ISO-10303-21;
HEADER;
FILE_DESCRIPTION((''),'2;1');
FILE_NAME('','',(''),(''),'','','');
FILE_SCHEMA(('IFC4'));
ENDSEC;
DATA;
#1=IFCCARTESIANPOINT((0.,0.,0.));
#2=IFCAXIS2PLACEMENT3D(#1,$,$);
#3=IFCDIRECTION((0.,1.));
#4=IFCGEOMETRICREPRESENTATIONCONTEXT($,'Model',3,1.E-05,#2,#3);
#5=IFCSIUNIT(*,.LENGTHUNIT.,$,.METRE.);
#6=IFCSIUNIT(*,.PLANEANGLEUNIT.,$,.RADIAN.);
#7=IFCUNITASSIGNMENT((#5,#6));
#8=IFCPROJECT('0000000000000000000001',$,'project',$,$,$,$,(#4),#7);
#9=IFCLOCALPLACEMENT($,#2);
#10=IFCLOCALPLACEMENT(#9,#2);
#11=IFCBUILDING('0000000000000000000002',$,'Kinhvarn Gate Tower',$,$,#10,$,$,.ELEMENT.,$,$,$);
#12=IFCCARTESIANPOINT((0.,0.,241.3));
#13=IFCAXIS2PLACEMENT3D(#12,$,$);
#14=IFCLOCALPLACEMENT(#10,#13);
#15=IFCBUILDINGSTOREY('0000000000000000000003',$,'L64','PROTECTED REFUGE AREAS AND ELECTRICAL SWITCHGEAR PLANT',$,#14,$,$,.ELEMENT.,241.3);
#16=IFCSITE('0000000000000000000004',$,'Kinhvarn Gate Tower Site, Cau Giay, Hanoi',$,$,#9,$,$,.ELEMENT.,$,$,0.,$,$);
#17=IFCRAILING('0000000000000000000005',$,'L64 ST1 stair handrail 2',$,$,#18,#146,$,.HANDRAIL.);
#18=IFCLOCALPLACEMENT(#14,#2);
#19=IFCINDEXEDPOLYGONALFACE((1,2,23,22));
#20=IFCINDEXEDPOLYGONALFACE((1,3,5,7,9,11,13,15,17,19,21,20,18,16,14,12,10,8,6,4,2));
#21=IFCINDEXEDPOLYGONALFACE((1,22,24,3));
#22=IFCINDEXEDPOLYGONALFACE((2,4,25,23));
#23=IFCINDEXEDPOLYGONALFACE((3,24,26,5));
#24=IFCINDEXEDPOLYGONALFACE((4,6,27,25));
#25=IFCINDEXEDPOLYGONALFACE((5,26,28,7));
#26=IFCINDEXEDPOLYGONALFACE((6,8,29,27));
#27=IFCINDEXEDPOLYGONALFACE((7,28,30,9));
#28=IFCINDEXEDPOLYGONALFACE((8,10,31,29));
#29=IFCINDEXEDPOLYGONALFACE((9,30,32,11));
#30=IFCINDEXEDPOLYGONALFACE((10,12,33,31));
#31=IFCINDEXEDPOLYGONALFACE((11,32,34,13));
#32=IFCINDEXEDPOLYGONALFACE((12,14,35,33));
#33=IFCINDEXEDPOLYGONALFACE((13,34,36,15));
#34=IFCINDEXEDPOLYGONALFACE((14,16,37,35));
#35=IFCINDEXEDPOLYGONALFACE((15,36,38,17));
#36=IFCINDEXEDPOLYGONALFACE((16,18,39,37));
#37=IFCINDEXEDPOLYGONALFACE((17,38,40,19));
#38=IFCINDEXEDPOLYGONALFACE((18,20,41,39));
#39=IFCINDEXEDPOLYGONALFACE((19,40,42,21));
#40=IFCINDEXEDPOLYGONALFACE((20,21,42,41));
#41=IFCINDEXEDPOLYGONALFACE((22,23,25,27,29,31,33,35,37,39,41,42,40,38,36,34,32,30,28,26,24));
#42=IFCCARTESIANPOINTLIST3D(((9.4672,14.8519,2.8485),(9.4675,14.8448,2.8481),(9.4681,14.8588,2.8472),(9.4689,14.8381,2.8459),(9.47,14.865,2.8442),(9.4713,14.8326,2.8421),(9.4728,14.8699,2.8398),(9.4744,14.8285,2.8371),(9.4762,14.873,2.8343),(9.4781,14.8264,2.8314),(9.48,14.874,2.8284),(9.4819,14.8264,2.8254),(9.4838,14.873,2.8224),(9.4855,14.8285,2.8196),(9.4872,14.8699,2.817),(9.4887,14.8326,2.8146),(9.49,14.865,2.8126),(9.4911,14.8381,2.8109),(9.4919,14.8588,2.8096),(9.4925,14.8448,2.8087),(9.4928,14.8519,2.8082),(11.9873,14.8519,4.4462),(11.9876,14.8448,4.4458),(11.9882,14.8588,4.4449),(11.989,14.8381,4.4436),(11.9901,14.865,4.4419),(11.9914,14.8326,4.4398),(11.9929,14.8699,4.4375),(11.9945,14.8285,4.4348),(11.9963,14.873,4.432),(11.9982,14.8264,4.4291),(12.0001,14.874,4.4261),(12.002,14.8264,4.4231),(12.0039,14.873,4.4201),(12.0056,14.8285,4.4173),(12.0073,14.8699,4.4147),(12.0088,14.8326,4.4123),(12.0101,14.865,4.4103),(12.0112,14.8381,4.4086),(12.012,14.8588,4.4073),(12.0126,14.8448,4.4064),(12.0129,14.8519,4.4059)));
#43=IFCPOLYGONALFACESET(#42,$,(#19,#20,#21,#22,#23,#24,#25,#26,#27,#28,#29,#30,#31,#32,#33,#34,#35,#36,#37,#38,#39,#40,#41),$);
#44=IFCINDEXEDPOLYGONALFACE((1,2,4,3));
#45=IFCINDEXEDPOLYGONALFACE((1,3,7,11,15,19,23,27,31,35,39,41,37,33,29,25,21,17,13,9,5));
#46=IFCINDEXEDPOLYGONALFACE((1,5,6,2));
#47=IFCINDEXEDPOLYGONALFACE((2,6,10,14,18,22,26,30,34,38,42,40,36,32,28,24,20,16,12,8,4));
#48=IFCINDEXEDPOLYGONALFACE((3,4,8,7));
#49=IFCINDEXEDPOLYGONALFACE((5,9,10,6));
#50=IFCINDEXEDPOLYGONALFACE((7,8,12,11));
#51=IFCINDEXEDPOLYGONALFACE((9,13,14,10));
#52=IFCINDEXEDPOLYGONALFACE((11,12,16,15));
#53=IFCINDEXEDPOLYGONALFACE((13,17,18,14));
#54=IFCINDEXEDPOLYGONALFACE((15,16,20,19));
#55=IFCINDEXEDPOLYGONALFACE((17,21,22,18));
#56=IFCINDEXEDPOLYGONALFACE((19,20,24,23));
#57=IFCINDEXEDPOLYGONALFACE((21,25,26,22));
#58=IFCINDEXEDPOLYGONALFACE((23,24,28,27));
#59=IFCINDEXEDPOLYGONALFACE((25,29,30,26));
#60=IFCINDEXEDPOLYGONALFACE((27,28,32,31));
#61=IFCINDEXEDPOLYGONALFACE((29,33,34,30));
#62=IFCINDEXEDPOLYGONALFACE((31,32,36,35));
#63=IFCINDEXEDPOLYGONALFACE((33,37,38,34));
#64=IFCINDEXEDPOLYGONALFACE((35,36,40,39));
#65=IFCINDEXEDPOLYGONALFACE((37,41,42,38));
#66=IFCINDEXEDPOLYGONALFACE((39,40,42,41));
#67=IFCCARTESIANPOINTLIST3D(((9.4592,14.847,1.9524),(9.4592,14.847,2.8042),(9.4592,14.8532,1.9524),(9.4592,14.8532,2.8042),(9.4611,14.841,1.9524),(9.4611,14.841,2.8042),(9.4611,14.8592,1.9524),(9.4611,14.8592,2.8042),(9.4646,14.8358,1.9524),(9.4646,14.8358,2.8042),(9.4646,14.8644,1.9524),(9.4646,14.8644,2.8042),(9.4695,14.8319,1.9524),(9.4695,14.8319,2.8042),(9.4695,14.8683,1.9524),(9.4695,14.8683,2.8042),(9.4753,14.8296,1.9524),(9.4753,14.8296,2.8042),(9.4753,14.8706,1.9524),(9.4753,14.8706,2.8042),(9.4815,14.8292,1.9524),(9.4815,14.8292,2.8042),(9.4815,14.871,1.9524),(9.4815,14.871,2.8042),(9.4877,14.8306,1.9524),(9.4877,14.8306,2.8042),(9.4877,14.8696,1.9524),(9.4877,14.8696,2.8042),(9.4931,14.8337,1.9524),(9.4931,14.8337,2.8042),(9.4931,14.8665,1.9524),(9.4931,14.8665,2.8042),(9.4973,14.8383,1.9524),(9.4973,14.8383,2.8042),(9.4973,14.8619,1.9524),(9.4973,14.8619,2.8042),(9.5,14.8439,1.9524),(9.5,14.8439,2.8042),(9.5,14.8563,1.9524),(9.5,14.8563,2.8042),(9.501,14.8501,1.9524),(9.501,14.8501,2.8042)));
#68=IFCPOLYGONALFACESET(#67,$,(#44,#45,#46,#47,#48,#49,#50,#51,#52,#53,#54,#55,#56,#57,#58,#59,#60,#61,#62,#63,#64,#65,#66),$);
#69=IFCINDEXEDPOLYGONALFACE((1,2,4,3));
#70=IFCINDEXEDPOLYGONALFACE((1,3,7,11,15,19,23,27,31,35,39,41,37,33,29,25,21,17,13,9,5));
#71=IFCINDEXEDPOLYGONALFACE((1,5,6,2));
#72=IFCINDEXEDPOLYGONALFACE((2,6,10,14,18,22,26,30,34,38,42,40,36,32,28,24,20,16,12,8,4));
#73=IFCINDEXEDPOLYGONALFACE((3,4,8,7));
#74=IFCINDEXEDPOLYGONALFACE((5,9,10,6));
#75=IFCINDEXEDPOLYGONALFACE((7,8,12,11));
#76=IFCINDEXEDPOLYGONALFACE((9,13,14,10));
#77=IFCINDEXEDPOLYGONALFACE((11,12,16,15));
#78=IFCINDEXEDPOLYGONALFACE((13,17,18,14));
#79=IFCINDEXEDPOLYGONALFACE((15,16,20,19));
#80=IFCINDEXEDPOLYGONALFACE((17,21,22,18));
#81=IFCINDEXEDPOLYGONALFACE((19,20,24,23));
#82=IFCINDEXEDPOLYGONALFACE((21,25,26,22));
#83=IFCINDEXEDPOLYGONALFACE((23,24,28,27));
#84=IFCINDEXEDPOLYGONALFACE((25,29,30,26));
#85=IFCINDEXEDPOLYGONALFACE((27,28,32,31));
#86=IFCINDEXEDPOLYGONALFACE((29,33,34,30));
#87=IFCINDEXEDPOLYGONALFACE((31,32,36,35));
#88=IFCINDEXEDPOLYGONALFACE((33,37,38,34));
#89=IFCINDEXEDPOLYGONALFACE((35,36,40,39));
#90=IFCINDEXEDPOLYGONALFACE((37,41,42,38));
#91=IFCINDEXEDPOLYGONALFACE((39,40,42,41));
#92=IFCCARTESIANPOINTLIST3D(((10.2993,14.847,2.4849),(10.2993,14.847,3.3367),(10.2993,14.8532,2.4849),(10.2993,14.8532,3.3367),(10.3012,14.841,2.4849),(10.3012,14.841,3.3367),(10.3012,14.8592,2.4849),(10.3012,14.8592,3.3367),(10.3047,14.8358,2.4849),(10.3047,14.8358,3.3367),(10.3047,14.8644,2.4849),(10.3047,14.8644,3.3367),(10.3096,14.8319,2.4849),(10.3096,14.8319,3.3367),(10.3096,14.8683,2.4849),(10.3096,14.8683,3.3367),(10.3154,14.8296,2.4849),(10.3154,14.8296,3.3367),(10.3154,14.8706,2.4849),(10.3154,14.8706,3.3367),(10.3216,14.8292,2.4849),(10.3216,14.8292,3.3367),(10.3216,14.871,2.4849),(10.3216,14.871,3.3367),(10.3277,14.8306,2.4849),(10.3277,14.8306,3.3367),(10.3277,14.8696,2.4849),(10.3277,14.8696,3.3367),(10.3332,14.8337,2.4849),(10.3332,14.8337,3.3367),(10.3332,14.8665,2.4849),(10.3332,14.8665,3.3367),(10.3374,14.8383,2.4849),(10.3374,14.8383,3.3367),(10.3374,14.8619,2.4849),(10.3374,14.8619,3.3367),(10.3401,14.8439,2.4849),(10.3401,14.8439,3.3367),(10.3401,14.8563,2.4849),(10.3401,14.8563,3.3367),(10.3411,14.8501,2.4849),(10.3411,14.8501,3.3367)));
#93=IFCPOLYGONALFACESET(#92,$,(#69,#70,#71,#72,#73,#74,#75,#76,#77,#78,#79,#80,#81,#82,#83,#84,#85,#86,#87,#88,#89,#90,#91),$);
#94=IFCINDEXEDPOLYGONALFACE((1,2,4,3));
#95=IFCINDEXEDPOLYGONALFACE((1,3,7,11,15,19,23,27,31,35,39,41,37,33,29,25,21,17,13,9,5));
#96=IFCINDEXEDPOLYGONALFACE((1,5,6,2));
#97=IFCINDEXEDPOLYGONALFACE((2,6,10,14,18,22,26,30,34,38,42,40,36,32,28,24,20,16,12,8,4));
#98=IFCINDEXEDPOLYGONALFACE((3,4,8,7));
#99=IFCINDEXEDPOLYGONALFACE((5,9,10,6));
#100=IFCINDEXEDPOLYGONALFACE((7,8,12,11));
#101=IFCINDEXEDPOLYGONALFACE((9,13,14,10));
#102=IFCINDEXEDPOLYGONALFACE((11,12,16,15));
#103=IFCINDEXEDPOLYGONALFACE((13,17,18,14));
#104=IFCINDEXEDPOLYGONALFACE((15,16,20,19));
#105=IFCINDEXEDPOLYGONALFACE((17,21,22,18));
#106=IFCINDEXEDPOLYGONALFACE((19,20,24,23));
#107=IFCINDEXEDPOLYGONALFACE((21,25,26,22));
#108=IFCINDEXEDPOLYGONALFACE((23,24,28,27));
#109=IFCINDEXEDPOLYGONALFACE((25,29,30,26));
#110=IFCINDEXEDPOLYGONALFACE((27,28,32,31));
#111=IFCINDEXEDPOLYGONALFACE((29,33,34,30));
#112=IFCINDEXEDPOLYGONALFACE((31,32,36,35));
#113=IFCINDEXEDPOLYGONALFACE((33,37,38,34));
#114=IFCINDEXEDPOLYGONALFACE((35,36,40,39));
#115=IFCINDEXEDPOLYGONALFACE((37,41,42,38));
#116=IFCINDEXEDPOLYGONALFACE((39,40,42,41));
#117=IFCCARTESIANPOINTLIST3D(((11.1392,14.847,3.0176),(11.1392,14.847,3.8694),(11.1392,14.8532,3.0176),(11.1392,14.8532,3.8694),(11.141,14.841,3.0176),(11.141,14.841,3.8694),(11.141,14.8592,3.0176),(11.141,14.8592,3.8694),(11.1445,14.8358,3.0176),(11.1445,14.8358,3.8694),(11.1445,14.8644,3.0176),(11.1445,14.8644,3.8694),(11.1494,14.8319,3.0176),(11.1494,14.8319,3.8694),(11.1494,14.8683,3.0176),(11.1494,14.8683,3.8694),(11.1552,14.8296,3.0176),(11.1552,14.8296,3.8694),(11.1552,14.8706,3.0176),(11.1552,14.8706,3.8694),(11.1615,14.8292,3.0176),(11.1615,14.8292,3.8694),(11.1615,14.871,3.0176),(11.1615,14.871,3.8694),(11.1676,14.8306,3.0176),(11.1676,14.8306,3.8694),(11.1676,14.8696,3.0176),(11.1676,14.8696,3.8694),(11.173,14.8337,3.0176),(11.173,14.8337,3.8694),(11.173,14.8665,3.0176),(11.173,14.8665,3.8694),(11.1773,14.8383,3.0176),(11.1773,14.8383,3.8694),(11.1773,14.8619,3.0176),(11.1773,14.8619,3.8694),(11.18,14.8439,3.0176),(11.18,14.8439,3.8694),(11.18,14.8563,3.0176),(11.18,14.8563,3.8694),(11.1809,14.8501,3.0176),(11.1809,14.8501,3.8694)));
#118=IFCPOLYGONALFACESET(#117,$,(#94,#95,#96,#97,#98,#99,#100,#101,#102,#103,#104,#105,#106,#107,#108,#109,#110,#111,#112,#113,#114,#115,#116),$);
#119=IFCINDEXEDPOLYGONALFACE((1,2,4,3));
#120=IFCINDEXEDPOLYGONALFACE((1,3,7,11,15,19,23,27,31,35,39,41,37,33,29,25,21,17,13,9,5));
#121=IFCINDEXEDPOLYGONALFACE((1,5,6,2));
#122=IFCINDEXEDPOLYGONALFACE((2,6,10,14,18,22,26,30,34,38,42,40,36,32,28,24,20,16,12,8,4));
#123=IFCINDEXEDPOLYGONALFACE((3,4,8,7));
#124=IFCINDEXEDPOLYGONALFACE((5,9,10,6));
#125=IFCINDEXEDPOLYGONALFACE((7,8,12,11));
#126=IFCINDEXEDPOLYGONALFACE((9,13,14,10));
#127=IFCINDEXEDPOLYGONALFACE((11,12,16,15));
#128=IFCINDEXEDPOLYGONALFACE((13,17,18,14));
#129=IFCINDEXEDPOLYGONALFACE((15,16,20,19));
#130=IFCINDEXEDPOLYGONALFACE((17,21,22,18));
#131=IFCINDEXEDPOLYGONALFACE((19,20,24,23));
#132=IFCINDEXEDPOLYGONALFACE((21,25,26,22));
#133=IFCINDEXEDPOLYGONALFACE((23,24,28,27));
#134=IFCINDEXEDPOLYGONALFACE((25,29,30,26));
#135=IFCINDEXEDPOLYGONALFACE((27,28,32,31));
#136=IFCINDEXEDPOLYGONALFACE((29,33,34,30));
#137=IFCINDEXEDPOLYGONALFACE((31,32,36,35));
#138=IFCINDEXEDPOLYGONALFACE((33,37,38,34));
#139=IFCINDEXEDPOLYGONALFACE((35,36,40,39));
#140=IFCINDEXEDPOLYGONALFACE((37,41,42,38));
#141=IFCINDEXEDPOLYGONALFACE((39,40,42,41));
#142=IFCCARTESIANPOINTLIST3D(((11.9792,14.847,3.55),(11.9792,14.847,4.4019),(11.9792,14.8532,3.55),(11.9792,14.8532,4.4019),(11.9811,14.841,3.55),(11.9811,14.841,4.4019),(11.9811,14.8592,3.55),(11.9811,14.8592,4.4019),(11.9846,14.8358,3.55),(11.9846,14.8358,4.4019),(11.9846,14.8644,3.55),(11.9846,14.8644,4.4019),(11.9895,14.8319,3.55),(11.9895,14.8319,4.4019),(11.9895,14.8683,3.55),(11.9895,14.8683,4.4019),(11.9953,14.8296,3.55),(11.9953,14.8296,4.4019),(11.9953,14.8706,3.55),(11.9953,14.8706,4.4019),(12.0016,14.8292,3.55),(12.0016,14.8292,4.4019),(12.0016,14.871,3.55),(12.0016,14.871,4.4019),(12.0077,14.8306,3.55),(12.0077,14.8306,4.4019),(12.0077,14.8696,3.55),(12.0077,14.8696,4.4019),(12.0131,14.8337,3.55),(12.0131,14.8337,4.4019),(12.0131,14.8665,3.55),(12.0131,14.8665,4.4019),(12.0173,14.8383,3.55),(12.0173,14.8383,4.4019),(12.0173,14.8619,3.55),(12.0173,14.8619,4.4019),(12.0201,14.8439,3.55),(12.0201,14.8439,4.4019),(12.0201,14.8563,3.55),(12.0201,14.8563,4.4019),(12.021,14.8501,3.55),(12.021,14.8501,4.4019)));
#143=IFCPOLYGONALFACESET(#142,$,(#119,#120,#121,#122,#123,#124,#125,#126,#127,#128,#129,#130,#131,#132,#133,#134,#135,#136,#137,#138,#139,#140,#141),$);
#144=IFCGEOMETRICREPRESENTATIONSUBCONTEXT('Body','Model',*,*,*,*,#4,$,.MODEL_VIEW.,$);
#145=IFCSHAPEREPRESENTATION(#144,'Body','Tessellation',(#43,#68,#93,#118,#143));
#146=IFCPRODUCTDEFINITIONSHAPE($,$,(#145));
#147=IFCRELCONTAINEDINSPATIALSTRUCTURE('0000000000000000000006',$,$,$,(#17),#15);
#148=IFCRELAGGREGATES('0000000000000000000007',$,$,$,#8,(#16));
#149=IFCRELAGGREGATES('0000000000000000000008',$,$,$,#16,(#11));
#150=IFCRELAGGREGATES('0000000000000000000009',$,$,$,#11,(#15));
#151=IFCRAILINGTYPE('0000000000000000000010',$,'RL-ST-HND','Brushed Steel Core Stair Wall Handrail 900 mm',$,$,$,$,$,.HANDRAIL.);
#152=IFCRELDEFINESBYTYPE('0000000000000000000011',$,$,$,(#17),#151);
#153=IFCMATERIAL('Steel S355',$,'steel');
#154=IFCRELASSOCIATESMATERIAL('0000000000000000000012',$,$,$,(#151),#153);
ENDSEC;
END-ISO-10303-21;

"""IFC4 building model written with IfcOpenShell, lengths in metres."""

from ifc_helpers import new_model, si_unit, direction, frame, origin, origin_2d, place, context, subcontext, project, spatial, circle, extrude, material, type_object, element, save


model = new_model("IFC4")

# Units and contexts
model_context = context("Model", 3, precision=1e-05, world=origin(), true_north=direction((0.0, 1.0)))
body_context = subcontext(model_context, "Body", "Model", "MODEL_VIEW")
ifc_project = project(units=[si_unit("LENGTHUNIT", "METRE"), si_unit("PLANEANGLEUNIT", "RADIAN")], contexts=[model_context])

# Site, building, storey
site_placement = place(None, origin())
site = spatial("IfcSite", under=ifc_project, at=site_placement, Name="Kinhvarn Gate Tower Site, Cau Giay, Hanoi", CompositionType="ELEMENT", RefElevation=0.0)
building_placement = place(site_placement, origin())
building = spatial("IfcBuilding", under=site, at=building_placement, Name="Kinhvarn Gate Tower", CompositionType="ELEMENT")
storey_placement = place(building_placement, frame((0.0, 0.0, 241.3)))
storey = spatial("IfcBuildingStorey", under=building, at=storey_placement, Name="L64", Description="PROTECTED REFUGE AREAS AND ELECTRICAL SWITCHGEAR PLANT", CompositionType="ELEMENT", Elevation=241.3)

# Shared definitions
ifc_material_1 = material(Name="Steel S355", Category="steel")

# Railing
railing_type_1 = type_object("IfcRailingType", Name="RL-ST-HND", Description="Brushed Steel Core Stair Wall Handrail 900 mm", PredefinedType="HANDRAIL", material=ifc_material_1)
railing_1_placement = place(storey_placement, frame((9.48, 14.8501, 1.9524)))
element("IfcRailing", 1, at=railing_1_placement, inside=storey, type_object=railing_type_1, Name="L64 ST1 stair handrail 2", PredefinedType="HANDRAIL", context=body_context, shape_type="SweptSolid", body=[
    extrude(circle(Radius=0.0239, at=origin_2d()), frame((0.0, 0.0, 0.876), z_axis=(0.84457, 0.0, 0.535445), x_axis=(0.0, 1.0, 0.0)), (0.0, 0.0, 1.0), 2.9839),
    extrude(circle(Radius=0.021, at=origin_2d()), origin(), (0.0, 0.0, 1.0), 0.8518),
    extrude(circle(Radius=0.021, at=origin_2d()), frame((0.8401, 0.0, 0.5325)), (0.0, 0.0, 1.0), 0.8518),
    extrude(circle(Radius=0.021, at=origin_2d()), frame((1.6799, 0.0, 1.0652)), (0.0, 0.0, 1.0), 0.8518),
    extrude(circle(Radius=0.021, at=origin_2d()), frame((2.52, 0.0, 1.5977)), (0.0, 0.0, 1.0), 0.8518),
])

save(model, "model.ifc")
